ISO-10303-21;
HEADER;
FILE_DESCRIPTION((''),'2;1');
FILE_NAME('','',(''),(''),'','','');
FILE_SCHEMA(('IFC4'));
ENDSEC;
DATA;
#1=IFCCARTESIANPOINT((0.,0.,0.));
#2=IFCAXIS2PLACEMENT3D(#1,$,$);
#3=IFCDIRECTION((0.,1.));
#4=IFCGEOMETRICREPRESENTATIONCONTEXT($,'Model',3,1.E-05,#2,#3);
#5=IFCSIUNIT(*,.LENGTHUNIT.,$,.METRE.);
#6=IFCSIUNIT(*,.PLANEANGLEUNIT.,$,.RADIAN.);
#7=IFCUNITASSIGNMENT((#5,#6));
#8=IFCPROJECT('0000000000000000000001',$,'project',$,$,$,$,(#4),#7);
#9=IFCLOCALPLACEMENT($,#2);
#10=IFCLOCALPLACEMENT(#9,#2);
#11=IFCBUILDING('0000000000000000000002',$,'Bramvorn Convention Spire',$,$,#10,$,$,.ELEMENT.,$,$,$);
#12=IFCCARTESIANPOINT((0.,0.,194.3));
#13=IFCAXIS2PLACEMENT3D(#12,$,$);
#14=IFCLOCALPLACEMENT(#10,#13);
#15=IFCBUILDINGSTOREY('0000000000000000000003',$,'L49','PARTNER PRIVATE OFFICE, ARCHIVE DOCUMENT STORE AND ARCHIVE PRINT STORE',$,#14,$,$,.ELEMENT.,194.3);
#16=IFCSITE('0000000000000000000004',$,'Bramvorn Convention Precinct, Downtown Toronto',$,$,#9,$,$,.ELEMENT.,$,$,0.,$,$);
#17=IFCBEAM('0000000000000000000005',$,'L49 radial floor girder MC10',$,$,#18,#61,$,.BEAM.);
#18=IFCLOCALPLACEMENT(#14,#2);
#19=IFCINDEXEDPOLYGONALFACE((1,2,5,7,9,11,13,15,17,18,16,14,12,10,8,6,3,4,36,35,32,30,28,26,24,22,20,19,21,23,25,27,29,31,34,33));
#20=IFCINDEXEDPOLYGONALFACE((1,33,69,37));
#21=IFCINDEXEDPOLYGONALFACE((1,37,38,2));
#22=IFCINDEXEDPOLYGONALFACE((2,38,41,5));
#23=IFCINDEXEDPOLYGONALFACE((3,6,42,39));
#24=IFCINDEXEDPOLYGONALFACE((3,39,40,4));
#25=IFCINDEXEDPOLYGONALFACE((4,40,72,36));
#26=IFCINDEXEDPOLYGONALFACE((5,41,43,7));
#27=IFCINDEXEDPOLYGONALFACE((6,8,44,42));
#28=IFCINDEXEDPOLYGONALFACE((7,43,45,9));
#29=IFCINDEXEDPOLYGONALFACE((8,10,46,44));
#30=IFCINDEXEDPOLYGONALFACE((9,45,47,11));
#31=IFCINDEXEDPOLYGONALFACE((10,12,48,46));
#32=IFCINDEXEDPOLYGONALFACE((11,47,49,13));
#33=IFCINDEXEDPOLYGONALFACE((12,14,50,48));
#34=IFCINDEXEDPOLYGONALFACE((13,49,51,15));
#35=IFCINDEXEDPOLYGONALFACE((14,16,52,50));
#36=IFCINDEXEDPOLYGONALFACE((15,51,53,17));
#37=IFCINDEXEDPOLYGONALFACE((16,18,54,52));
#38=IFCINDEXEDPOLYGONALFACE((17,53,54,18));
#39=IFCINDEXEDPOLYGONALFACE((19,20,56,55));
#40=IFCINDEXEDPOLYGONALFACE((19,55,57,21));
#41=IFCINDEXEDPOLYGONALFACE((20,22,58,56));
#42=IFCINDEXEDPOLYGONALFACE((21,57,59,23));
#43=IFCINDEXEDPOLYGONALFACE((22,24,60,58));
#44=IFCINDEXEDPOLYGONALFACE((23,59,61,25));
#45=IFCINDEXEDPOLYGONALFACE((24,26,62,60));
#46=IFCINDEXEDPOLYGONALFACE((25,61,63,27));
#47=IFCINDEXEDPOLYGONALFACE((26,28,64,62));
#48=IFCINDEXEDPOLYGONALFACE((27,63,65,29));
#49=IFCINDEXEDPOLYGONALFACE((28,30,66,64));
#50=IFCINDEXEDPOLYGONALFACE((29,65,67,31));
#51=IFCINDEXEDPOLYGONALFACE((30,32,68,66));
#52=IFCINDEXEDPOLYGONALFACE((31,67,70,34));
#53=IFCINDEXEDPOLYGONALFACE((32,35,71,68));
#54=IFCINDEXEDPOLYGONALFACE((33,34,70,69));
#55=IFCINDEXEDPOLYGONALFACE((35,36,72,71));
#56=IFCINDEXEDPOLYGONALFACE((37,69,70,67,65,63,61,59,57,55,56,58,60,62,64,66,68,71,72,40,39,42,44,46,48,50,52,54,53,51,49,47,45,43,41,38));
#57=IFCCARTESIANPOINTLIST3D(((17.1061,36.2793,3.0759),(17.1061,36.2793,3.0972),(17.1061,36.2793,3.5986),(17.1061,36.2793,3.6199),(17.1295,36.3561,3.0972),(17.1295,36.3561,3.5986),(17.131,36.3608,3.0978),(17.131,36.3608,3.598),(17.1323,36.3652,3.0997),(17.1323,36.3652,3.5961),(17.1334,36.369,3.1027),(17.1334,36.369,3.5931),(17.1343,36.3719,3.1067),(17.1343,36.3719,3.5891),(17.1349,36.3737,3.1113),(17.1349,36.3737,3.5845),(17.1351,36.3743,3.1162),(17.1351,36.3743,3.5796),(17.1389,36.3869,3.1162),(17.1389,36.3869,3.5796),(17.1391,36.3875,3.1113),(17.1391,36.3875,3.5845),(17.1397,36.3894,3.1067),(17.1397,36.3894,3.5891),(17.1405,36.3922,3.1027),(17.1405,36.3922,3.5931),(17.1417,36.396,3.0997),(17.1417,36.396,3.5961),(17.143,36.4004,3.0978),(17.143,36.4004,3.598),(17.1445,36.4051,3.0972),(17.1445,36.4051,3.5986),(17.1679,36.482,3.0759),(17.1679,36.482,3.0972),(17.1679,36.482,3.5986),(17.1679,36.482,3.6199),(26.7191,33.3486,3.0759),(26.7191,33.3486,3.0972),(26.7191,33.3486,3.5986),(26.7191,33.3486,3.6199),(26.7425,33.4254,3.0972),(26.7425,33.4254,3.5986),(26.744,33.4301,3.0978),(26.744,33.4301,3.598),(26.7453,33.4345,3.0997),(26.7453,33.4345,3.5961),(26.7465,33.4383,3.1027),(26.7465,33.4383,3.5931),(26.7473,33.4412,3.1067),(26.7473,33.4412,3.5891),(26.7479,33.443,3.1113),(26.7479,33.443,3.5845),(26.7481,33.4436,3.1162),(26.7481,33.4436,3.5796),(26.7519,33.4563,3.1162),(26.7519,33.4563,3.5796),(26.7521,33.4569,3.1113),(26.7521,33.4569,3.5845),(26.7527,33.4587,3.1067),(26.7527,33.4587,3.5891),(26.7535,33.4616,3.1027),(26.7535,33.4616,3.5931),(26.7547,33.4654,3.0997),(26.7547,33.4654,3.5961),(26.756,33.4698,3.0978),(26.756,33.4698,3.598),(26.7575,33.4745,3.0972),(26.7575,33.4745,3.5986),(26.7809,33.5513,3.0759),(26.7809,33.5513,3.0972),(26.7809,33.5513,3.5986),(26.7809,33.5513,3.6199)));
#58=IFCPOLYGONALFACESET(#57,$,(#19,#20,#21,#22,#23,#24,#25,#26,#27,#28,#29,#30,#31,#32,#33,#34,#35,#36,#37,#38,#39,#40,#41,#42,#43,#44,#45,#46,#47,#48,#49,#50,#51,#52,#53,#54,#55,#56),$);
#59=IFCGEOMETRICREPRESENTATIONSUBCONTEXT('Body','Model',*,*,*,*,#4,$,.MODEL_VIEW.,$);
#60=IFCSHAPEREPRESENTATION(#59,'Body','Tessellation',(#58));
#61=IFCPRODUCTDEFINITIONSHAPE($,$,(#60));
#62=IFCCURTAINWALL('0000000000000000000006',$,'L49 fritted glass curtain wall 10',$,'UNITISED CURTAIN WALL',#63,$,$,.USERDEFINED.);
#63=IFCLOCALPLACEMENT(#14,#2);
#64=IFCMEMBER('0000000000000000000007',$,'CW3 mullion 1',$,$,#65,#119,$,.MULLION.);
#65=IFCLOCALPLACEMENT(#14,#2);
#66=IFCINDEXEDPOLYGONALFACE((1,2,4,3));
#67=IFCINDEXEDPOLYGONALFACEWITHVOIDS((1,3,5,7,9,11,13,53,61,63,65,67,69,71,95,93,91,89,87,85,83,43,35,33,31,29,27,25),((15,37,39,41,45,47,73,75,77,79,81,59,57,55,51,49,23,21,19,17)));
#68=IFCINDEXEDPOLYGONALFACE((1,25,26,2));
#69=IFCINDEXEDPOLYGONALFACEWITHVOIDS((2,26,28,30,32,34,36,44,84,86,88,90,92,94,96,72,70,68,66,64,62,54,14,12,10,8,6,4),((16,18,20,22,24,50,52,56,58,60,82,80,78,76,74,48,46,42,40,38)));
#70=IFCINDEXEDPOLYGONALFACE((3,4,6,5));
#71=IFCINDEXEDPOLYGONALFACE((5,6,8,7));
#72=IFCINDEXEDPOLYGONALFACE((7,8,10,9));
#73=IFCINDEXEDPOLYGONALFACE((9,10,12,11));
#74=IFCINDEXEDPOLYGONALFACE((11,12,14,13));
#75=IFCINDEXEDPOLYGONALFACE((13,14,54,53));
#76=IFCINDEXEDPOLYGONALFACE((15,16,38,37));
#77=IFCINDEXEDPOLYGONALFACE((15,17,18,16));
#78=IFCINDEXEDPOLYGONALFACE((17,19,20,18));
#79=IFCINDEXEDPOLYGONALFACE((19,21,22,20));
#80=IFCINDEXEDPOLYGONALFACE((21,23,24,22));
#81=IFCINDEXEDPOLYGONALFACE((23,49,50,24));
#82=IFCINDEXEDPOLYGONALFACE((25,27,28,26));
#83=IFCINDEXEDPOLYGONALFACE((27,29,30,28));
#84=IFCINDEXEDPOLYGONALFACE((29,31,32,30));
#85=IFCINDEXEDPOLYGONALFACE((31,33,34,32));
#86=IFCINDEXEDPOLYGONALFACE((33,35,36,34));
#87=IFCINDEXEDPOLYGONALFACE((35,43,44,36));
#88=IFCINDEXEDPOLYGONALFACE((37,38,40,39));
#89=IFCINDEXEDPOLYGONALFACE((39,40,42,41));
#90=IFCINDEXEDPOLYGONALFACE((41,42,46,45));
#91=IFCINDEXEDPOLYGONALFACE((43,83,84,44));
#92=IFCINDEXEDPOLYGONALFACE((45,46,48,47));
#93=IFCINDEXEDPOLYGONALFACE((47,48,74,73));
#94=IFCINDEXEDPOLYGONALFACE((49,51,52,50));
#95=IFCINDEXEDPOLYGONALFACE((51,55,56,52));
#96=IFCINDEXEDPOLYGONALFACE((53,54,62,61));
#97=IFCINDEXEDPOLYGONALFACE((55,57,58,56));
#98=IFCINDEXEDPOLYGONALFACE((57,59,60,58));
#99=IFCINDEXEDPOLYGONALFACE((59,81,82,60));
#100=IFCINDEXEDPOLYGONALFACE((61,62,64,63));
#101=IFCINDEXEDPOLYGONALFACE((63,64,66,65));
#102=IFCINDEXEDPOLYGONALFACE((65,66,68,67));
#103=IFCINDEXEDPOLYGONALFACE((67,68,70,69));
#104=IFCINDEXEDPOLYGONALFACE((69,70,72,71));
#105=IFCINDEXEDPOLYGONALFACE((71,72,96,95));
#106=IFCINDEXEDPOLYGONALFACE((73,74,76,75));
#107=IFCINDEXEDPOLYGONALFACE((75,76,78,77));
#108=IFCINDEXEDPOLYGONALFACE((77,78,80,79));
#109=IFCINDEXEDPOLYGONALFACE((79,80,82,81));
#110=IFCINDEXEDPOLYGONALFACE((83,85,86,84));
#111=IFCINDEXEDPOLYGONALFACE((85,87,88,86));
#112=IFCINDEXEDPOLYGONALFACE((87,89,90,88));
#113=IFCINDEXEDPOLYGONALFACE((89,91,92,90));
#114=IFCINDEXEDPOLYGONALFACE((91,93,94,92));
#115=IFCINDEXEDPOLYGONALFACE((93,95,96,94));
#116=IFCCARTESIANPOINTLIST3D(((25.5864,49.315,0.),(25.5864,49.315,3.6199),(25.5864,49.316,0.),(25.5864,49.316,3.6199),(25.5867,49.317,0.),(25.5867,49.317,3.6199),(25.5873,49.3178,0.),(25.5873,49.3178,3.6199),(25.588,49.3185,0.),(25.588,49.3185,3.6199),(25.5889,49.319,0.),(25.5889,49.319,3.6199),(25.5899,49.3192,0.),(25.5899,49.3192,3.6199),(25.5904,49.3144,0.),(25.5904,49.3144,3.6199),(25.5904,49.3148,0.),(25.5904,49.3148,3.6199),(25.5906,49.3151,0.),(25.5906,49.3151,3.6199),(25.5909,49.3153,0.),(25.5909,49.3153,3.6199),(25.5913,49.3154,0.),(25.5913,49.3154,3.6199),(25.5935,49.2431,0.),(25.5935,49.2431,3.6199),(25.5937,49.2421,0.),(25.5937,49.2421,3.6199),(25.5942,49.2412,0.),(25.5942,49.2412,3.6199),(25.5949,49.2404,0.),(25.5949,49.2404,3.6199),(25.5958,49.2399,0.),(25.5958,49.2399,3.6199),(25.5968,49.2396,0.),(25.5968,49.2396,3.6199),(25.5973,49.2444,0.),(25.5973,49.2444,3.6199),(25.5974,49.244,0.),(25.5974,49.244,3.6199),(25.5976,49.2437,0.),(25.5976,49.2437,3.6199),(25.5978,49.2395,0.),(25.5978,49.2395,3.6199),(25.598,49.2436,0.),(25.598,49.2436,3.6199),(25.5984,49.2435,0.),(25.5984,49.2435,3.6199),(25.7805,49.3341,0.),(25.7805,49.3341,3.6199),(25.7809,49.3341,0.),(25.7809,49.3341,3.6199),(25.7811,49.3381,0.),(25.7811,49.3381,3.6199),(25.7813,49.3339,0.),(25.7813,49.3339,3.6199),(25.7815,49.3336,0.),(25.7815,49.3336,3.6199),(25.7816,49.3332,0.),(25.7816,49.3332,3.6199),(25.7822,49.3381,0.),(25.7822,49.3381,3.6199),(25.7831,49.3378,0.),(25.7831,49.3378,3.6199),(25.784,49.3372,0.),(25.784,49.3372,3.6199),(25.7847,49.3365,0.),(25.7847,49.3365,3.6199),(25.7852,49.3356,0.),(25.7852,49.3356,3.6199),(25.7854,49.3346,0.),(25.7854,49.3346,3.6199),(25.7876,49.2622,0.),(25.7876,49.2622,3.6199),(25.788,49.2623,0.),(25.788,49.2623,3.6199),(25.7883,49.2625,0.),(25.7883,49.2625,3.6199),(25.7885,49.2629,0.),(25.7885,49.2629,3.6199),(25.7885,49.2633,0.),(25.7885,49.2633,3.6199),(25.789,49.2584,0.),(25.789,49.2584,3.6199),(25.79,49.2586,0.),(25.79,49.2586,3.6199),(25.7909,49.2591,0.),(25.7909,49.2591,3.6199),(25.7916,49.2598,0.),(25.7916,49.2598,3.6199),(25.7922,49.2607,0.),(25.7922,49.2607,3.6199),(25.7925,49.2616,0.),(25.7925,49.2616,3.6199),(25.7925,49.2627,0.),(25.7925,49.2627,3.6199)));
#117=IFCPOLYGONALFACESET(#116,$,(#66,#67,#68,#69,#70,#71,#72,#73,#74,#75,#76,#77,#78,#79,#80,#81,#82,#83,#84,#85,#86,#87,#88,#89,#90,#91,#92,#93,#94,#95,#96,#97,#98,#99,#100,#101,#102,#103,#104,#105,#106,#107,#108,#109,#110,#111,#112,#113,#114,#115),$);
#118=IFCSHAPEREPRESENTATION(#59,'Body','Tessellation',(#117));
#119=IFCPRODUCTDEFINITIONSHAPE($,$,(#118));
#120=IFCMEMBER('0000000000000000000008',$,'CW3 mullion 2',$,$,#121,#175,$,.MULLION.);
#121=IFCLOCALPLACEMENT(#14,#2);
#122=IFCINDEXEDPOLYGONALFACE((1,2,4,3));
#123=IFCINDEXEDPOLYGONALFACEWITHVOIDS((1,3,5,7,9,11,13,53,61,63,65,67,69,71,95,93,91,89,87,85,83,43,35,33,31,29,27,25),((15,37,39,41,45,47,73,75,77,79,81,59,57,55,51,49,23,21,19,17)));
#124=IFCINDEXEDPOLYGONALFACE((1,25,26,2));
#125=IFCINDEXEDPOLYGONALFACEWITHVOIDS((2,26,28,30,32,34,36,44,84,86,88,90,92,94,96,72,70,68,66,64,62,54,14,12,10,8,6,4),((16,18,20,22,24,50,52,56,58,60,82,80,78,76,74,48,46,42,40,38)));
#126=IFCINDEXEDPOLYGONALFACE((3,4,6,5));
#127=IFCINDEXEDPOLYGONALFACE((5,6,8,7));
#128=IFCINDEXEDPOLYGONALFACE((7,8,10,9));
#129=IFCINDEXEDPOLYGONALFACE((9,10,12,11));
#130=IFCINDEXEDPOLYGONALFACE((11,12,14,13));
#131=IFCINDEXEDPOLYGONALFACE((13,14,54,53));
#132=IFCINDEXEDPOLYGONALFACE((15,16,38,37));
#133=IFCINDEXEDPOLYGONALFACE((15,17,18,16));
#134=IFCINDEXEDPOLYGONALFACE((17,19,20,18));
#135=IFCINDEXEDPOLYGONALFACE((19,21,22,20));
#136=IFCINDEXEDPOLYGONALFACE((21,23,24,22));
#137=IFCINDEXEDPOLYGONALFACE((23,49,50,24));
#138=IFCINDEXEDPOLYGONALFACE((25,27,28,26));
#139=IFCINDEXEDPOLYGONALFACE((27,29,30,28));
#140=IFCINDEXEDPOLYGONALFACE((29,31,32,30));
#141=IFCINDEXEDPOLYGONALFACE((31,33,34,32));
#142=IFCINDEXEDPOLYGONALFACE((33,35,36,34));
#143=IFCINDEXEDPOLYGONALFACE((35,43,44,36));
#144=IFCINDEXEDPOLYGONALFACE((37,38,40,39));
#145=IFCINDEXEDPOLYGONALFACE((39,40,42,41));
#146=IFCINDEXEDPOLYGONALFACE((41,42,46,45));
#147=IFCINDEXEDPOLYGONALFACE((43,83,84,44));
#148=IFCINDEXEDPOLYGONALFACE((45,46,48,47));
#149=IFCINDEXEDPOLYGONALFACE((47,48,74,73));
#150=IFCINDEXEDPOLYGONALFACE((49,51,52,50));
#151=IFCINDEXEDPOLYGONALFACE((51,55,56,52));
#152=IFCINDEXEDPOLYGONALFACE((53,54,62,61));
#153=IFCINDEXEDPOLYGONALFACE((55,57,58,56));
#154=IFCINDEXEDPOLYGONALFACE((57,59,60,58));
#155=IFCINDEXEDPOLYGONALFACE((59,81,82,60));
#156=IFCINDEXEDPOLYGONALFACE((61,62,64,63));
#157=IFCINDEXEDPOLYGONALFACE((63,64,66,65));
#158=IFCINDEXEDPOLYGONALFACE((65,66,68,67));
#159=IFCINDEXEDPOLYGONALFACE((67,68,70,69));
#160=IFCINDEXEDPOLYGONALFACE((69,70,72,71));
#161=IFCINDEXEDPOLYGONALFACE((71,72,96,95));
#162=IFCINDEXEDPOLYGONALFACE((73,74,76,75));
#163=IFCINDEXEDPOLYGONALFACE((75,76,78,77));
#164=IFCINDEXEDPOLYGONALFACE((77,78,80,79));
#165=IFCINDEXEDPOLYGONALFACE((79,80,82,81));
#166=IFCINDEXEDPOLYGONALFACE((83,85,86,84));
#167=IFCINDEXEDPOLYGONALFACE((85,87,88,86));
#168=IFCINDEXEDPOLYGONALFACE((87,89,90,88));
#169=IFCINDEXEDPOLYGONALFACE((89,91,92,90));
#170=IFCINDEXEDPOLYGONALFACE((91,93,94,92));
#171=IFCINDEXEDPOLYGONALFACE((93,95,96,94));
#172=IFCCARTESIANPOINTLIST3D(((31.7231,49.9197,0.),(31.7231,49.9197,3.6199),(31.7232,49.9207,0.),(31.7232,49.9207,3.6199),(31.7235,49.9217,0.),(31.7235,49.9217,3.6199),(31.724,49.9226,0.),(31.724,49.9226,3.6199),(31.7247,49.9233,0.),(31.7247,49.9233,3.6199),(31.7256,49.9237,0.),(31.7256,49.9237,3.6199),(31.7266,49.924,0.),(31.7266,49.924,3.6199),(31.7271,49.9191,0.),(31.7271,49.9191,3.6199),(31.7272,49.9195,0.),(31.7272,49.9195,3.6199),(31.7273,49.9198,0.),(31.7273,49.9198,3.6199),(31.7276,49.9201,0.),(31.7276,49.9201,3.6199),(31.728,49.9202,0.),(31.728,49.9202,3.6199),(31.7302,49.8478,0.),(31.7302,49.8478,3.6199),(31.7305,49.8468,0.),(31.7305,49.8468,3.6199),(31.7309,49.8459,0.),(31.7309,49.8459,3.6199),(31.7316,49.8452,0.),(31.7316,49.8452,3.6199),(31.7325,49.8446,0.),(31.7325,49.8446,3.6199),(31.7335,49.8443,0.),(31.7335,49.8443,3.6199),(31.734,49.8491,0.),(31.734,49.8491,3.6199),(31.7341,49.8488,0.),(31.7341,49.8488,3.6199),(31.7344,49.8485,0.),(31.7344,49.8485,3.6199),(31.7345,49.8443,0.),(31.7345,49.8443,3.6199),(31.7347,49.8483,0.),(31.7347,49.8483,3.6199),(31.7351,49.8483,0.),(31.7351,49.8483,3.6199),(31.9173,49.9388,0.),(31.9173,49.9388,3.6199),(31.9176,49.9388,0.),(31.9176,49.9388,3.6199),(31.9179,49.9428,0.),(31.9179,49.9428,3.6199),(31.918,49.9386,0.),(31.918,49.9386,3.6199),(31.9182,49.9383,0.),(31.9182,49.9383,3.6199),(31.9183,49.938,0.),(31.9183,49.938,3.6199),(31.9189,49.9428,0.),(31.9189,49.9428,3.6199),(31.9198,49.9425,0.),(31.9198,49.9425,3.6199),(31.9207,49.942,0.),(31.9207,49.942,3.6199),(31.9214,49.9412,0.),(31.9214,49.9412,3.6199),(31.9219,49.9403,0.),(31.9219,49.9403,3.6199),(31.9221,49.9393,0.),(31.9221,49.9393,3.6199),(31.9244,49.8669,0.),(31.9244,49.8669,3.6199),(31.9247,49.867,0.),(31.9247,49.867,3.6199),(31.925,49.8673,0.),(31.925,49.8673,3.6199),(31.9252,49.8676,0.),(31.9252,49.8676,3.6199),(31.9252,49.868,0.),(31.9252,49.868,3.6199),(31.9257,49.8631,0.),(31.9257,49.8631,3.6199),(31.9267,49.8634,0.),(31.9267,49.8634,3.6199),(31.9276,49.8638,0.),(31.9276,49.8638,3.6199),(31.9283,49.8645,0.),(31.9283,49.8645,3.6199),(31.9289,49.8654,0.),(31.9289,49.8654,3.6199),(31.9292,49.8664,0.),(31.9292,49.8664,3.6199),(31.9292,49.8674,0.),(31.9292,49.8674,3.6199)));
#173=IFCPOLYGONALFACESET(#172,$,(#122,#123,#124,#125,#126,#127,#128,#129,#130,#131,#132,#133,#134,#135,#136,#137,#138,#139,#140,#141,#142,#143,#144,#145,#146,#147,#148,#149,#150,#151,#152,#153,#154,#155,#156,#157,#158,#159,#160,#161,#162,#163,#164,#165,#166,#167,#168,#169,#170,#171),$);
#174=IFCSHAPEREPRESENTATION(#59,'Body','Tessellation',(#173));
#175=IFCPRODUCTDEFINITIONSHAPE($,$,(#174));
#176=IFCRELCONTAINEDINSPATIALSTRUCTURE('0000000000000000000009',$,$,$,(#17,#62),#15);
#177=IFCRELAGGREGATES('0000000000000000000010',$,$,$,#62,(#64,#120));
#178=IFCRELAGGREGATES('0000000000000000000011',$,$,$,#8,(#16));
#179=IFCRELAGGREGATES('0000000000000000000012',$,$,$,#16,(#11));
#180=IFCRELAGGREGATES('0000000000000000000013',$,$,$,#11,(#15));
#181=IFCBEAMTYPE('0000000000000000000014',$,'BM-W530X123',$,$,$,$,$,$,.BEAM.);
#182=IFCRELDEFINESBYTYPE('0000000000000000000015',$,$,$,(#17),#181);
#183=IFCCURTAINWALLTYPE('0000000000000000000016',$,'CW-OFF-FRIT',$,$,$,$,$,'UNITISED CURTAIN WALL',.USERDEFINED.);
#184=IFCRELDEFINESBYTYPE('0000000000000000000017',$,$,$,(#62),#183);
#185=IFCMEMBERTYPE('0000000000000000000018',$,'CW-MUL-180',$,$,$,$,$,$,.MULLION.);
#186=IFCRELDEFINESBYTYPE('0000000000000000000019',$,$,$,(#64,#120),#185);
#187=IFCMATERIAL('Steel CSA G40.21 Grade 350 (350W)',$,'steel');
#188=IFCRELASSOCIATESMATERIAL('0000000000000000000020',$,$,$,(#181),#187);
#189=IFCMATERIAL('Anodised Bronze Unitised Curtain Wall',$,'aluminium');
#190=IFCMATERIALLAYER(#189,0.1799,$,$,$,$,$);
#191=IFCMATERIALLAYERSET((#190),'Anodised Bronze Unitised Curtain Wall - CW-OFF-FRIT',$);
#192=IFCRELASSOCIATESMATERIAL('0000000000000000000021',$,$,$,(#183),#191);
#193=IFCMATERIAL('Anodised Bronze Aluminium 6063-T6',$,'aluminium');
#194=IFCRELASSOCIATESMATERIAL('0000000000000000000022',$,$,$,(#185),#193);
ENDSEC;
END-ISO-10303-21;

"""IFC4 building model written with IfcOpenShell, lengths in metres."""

from ifc_helpers import new_model, si_unit, direction, frame, origin, origin_2d, place, context, subcontext, project, spatial, hollow_rectangle, i_section, extrude, material, layer, layer_set, material_profile, profile_set, type_object, element, aggregate, save


model = new_model("IFC4")

# Units and contexts
model_context = context("Model", 3, precision=1e-05, world=origin(), true_north=direction((0.0, 1.0)))
body_context = subcontext(model_context, "Body", "Model", "MODEL_VIEW")
ifc_project = project(units=[si_unit("LENGTHUNIT", "METRE"), si_unit("PLANEANGLEUNIT", "RADIAN")], contexts=[model_context])

# Site, building, storey
site_placement = place(None, origin())
site = spatial("IfcSite", under=ifc_project, at=site_placement, Name="Bramvorn Convention Precinct, Downtown Toronto", CompositionType="ELEMENT", RefElevation=0.0)
building_placement = place(site_placement, origin())
building = spatial("IfcBuilding", under=site, at=building_placement, Name="Bramvorn Convention Spire", CompositionType="ELEMENT")
storey_placement = place(building_placement, frame((0.0, 0.0, 194.3)))
storey = spatial("IfcBuildingStorey", under=building, at=storey_placement, Name="L49", Description="PARTNER PRIVATE OFFICE, ARCHIVE DOCUMENT STORE AND ARCHIVE PRINT STORE", CompositionType="ELEMENT", Elevation=194.3)

# Shared definitions
ifc_material_1 = material(Name="Steel CSA G40.21 Grade 350 (350W)", Category="steel")

# Beam
ifc_material_profile_1 = material_profile(ifc_material_1, i_section(OverallWidth=0.2119, OverallDepth=0.5439, WebThickness=0.0132, FlangeThickness=0.0212, FilletRadius=0.019, at=origin_2d()))
ifc_profile_set_1 = profile_set([ifc_material_profile_1], Name="Steel CSA G40.21 Grade 350 (350W) - W530X123")
beam_type_1 = type_object("IfcBeamType", Name="BM-W530X123", PredefinedType="BEAM", material=ifc_profile_set_1)
beam_1_placement = place(storey_placement, frame((26.75, 33.45, 3.3479), z_axis=(-0.956536, 0.291613, 0.0), x_axis=(-0.291613, -0.956536, 0.0)))
element("IfcBeam", 1, at=beam_1_placement, inside=storey, type_object=beam_type_1, Name="L49 radial floor girder MC10", PredefinedType="BEAM", context=body_context, shape_type="SweptSolid", body=[
    extrude(i_section(OverallWidth=0.2119, OverallDepth=0.5439, WebThickness=0.0132, FlangeThickness=0.0212, FilletRadius=0.019, at=origin_2d()), origin(), (0.0, 0.0, 1.0), 10.0498),
])

# Curtain wall, members
ifc_material_2 = material(Name="Anodised Bronze Unitised Curtain Wall", Category="aluminium")
ifc_layer_1 = layer(ifc_material_2, 0.1799)
ifc_layer_set_1 = layer_set([ifc_layer_1], Name="Anodised Bronze Unitised Curtain Wall - CW-OFF-FRIT")
curtain_wall_type = type_object("IfcCurtainWallType", Name="CW-OFF-FRIT", ElementType="UNITISED CURTAIN WALL", PredefinedType="USERDEFINED", material=ifc_layer_set_1)
curtain_wall_1_placement = place(storey_placement, origin())
curtain_wall_1 = element("IfcCurtainWall", 2, at=curtain_wall_1_placement, inside=storey, type_object=curtain_wall_type, Name="L49 fritted glass curtain wall 10", ObjectType="UNITISED CURTAIN WALL", PredefinedType="USERDEFINED")
ifc_material_3 = material(Name="Anodised Bronze Aluminium 6063-T6", Category="aluminium")
ifc_material_profile_2 = material_profile(ifc_material_3, hollow_rectangle(XDim=0.0801, YDim=0.2, WallThickness=0.0039, InnerFilletRadius=0.001, OuterFilletRadius=0.0039, at=origin_2d()))
ifc_profile_set_2 = profile_set([ifc_material_profile_2], Name="Anodised Bronze Aluminium 6063-T6 - CWM80X200")
member_type_1 = type_object("IfcMemberType", Name="CW-MUL-180", PredefinedType="MULLION", material=ifc_profile_set_2)
member_1_placement = place(storey_placement, frame((25.6895, 49.2888, 0.0), z_axis=(0.0, 0.0, 1.0), x_axis=(-0.098099, 0.995177, 0.0)))
member_1 = element("IfcMember", 3, at=member_1_placement, type_object=member_type_1, Name="CW3 mullion 1", PredefinedType="MULLION", context=body_context, shape_type="SweptSolid", body=[
    extrude(hollow_rectangle(XDim=0.0801, YDim=0.2, WallThickness=0.0039, InnerFilletRadius=0.001, OuterFilletRadius=0.0039, at=origin_2d()), origin(), (0.0, 0.0, 1.0), 3.6199),
])
member_2_placement = place(storey_placement, frame((31.8262, 49.8936, 0.0), z_axis=(0.0, 0.0, 1.0), x_axis=(-0.098099, 0.995177, 0.0)))
member_2 = element("IfcMember", 4, at=member_2_placement, type_object=member_type_1, Name="CW3 mullion 2", PredefinedType="MULLION", context=body_context, shape_type="SweptSolid", body=[
    extrude(hollow_rectangle(XDim=0.0801, YDim=0.2, WallThickness=0.0039, InnerFilletRadius=0.001, OuterFilletRadius=0.0039, at=origin_2d()), origin(), (0.0, 0.0, 1.0), 3.6199),
])

aggregate(curtain_wall_1, [member_1, member_2])

save(model, "model.ifc")
